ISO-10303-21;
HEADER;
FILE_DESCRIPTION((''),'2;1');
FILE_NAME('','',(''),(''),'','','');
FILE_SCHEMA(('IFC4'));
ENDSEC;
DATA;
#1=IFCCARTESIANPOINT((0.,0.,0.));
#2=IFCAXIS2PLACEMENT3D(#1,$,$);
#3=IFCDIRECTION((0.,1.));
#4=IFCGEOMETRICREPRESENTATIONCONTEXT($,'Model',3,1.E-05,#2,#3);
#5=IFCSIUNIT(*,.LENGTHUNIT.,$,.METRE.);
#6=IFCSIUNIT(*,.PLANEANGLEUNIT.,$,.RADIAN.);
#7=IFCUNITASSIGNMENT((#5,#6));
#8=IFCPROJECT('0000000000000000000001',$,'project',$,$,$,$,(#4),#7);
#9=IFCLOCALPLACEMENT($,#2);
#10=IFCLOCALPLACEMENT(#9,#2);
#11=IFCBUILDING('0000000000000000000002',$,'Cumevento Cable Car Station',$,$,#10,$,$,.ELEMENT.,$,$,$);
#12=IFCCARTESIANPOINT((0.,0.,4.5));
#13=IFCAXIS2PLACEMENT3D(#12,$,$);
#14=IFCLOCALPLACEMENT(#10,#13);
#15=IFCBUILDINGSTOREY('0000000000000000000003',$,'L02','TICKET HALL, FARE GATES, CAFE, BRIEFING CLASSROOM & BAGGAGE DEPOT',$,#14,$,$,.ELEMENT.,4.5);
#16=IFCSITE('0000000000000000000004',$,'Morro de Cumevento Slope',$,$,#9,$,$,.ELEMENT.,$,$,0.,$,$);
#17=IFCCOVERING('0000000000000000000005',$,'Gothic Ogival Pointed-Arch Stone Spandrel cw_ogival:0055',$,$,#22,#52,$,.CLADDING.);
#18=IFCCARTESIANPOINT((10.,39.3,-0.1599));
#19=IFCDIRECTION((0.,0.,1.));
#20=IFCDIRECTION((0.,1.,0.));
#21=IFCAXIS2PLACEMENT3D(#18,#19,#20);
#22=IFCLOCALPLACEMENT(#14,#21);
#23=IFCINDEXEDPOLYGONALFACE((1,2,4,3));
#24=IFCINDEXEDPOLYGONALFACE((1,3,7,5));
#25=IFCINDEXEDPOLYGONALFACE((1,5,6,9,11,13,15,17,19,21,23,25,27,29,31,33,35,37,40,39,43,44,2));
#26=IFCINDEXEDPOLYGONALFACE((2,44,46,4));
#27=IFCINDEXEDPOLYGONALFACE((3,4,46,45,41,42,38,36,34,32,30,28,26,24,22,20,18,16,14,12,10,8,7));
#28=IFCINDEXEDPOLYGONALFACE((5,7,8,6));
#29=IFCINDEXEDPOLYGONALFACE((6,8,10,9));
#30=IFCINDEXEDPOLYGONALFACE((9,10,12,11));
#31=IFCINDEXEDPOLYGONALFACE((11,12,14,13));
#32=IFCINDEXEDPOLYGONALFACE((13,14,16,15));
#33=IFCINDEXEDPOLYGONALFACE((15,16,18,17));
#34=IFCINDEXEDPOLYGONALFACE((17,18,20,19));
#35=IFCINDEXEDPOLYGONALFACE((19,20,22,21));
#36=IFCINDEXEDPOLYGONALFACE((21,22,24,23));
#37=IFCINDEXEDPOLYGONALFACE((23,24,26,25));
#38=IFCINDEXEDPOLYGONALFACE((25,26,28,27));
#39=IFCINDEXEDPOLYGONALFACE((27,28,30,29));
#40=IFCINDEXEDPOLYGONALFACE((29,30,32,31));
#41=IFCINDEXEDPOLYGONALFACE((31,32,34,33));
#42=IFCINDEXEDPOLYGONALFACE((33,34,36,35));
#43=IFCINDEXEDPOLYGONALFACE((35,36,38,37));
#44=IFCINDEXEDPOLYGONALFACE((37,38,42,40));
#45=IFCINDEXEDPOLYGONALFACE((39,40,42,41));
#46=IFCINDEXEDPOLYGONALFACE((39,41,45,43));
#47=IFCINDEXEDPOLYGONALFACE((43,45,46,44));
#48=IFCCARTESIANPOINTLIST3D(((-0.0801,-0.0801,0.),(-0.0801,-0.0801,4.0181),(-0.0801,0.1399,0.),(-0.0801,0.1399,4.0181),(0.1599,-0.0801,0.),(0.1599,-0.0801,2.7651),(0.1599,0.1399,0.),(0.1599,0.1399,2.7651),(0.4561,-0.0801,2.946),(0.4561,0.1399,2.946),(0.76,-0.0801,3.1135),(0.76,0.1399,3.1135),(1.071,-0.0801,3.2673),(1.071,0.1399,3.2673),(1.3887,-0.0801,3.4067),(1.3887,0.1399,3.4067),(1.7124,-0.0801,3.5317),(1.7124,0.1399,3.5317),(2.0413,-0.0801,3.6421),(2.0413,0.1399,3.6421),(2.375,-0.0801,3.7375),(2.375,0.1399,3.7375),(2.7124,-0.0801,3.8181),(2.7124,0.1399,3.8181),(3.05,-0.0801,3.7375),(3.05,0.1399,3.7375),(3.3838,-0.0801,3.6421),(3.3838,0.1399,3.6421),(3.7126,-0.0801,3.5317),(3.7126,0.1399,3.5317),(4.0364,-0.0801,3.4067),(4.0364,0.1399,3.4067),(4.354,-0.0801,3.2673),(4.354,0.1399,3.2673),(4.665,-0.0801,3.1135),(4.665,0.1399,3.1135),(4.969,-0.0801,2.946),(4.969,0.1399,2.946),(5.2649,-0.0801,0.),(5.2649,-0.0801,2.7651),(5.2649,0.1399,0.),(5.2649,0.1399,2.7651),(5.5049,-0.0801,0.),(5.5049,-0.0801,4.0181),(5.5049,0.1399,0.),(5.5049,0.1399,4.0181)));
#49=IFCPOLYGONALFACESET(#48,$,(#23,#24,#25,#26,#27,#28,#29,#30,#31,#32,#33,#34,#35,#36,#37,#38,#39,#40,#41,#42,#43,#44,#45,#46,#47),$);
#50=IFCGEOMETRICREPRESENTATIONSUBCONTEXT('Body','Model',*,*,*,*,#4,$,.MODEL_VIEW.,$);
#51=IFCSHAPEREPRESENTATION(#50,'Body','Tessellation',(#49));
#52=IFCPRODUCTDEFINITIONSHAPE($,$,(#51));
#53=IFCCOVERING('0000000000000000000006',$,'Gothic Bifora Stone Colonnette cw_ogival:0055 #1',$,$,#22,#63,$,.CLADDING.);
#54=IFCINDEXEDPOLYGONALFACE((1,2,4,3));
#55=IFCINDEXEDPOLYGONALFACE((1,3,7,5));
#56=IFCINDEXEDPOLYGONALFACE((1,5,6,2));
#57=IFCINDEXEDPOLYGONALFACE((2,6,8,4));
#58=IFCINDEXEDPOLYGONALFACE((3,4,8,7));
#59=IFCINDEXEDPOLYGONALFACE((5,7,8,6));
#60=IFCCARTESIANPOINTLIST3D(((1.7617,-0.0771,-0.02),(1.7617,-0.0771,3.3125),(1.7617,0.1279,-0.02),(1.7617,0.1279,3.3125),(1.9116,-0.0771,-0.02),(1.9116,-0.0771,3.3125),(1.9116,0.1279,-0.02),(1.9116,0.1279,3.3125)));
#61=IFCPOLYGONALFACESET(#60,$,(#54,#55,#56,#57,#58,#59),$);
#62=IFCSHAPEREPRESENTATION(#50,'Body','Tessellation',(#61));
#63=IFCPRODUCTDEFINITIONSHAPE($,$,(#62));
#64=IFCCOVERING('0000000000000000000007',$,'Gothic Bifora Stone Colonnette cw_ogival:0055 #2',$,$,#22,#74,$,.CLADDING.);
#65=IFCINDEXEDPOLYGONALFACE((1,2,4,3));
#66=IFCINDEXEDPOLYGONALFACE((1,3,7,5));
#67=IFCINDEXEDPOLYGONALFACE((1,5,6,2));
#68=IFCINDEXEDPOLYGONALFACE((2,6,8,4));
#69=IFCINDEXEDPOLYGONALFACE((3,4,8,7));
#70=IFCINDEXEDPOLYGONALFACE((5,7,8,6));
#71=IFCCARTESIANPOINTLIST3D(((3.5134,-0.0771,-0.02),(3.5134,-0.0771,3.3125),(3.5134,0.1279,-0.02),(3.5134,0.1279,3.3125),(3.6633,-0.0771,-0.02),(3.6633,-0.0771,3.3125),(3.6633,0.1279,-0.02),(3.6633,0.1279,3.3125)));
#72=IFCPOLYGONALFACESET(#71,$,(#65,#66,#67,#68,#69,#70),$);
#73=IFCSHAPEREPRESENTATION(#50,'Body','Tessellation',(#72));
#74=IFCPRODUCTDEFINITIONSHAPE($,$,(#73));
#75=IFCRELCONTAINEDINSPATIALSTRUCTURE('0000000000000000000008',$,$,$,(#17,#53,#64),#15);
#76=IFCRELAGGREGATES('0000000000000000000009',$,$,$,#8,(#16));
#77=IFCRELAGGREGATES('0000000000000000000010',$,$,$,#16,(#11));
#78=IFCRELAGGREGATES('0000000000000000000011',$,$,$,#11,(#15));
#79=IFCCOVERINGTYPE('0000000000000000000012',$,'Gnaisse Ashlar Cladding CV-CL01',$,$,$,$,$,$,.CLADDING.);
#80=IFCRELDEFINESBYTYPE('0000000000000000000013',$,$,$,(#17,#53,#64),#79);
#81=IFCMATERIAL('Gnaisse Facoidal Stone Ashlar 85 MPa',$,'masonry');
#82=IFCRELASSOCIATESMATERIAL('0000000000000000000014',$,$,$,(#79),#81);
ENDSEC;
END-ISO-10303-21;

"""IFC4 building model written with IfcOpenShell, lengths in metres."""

from ifc_helpers import new_model, si_unit, direction, frame, origin, place, context, subcontext, project, spatial, polyline, outline, extrude, material, type_object, element, save


model = new_model("IFC4")

# Units and contexts
model_context = context("Model", 3, precision=1e-05, world=origin(), true_north=direction((0.0, 1.0)))
body_context = subcontext(model_context, "Body", "Model", "MODEL_VIEW")
ifc_project = project(units=[si_unit("LENGTHUNIT", "METRE"), si_unit("PLANEANGLEUNIT", "RADIAN")], contexts=[model_context])

# Site, building, storey
site_placement = place(None, origin())
site = spatial("IfcSite", under=ifc_project, at=site_placement, Name="Morro de Cumevento Slope", CompositionType="ELEMENT", RefElevation=0.0)
building_placement = place(site_placement, origin())
building = spatial("IfcBuilding", under=site, at=building_placement, Name="Cumevento Cable Car Station", CompositionType="ELEMENT")
storey_placement = place(building_placement, frame((0.0, 0.0, 4.5)))
storey = spatial("IfcBuildingStorey", under=building, at=storey_placement, Name="L02", Description="TICKET HALL, FARE GATES, CAFE, BRIEFING CLASSROOM & BAGGAGE DEPOT", CompositionType="ELEMENT", Elevation=4.5)

# Coverings
ifc_material_1 = material(Name="Gnaisse Facoidal Stone Ashlar 85 MPa", Category="masonry")
covering_type = type_object("IfcCoveringType", Name="Gnaisse Ashlar Cladding CV-CL01", PredefinedType="CLADDING", material=ifc_material_1)
placement = place(storey_placement, frame((10.0, 39.3, -0.1599), z_axis=(0.0, 0.0, 1.0), x_axis=(0.0, 1.0, 0.0)))
element("IfcCovering", 1, at=placement, inside=storey, type_object=covering_type, Name="Gothic Ogival Pointed-Arch Stone Spandrel cw_ogival:0055", PredefinedType="CLADDING", context=body_context, shape_type="SweptSolid", body=[
    extrude(outline(polyline([(-0.0801, 0.0), (-0.0801, 4.0181), (5.5049, 4.0181), (5.5049, 0.0), (5.2649, 0.0), (5.2649, 2.7651), (4.969, 2.946), (4.665, 3.1135), (4.354, 3.2673), (4.0364, 3.4067), (3.7126, 3.5317), (3.3838, 3.6421), (3.05, 3.7375), (2.7124, 3.8181), (2.375, 3.7375), (2.0413, 3.6421), (1.7124, 3.5317), (1.3887, 3.4067), (1.071, 3.2673), (0.76, 3.1135), (0.4561, 2.946), (0.1599, 2.7651), (0.1599, 0.0), (-0.0801, 0.0)])), frame((0.0, 0.1399, 0.0), z_axis=(0.0, -1.0, 0.0), x_axis=(1.0, 0.0, 0.0)), (0.0, 0.0, 1.0), 0.22),
])
element("IfcCovering", 2, at=placement, inside=storey, type_object=covering_type, Name="Gothic Bifora Stone Colonnette cw_ogival:0055 #1", PredefinedType="CLADDING", context=body_context, shape_type="SweptSolid", body=[
    extrude(outline(polyline([(1.7617, -0.02), (1.9116, -0.02), (1.9116, 3.3125), (1.7617, 3.3125), (1.7617, -0.02)])), frame((0.0, 0.1279, 0.0), z_axis=(0.0, -1.0, 0.0), x_axis=(1.0, 0.0, 0.0)), (0.0, 0.0, 1.0), 0.2051),
])
element("IfcCovering", 3, at=placement, inside=storey, type_object=covering_type, Name="Gothic Bifora Stone Colonnette cw_ogival:0055 #2", PredefinedType="CLADDING", context=body_context, shape_type="SweptSolid", body=[
    extrude(outline(polyline([(3.5134, -0.02), (3.6633, -0.02), (3.6633, 3.3125), (3.5134, 3.3125), (3.5134, -0.02)])), frame((0.0, 0.1279, 0.0), z_axis=(0.0, -1.0, 0.0), x_axis=(1.0, 0.0, 0.0)), (0.0, 0.0, 1.0), 0.2051),
])

save(model, "model.ifc")
